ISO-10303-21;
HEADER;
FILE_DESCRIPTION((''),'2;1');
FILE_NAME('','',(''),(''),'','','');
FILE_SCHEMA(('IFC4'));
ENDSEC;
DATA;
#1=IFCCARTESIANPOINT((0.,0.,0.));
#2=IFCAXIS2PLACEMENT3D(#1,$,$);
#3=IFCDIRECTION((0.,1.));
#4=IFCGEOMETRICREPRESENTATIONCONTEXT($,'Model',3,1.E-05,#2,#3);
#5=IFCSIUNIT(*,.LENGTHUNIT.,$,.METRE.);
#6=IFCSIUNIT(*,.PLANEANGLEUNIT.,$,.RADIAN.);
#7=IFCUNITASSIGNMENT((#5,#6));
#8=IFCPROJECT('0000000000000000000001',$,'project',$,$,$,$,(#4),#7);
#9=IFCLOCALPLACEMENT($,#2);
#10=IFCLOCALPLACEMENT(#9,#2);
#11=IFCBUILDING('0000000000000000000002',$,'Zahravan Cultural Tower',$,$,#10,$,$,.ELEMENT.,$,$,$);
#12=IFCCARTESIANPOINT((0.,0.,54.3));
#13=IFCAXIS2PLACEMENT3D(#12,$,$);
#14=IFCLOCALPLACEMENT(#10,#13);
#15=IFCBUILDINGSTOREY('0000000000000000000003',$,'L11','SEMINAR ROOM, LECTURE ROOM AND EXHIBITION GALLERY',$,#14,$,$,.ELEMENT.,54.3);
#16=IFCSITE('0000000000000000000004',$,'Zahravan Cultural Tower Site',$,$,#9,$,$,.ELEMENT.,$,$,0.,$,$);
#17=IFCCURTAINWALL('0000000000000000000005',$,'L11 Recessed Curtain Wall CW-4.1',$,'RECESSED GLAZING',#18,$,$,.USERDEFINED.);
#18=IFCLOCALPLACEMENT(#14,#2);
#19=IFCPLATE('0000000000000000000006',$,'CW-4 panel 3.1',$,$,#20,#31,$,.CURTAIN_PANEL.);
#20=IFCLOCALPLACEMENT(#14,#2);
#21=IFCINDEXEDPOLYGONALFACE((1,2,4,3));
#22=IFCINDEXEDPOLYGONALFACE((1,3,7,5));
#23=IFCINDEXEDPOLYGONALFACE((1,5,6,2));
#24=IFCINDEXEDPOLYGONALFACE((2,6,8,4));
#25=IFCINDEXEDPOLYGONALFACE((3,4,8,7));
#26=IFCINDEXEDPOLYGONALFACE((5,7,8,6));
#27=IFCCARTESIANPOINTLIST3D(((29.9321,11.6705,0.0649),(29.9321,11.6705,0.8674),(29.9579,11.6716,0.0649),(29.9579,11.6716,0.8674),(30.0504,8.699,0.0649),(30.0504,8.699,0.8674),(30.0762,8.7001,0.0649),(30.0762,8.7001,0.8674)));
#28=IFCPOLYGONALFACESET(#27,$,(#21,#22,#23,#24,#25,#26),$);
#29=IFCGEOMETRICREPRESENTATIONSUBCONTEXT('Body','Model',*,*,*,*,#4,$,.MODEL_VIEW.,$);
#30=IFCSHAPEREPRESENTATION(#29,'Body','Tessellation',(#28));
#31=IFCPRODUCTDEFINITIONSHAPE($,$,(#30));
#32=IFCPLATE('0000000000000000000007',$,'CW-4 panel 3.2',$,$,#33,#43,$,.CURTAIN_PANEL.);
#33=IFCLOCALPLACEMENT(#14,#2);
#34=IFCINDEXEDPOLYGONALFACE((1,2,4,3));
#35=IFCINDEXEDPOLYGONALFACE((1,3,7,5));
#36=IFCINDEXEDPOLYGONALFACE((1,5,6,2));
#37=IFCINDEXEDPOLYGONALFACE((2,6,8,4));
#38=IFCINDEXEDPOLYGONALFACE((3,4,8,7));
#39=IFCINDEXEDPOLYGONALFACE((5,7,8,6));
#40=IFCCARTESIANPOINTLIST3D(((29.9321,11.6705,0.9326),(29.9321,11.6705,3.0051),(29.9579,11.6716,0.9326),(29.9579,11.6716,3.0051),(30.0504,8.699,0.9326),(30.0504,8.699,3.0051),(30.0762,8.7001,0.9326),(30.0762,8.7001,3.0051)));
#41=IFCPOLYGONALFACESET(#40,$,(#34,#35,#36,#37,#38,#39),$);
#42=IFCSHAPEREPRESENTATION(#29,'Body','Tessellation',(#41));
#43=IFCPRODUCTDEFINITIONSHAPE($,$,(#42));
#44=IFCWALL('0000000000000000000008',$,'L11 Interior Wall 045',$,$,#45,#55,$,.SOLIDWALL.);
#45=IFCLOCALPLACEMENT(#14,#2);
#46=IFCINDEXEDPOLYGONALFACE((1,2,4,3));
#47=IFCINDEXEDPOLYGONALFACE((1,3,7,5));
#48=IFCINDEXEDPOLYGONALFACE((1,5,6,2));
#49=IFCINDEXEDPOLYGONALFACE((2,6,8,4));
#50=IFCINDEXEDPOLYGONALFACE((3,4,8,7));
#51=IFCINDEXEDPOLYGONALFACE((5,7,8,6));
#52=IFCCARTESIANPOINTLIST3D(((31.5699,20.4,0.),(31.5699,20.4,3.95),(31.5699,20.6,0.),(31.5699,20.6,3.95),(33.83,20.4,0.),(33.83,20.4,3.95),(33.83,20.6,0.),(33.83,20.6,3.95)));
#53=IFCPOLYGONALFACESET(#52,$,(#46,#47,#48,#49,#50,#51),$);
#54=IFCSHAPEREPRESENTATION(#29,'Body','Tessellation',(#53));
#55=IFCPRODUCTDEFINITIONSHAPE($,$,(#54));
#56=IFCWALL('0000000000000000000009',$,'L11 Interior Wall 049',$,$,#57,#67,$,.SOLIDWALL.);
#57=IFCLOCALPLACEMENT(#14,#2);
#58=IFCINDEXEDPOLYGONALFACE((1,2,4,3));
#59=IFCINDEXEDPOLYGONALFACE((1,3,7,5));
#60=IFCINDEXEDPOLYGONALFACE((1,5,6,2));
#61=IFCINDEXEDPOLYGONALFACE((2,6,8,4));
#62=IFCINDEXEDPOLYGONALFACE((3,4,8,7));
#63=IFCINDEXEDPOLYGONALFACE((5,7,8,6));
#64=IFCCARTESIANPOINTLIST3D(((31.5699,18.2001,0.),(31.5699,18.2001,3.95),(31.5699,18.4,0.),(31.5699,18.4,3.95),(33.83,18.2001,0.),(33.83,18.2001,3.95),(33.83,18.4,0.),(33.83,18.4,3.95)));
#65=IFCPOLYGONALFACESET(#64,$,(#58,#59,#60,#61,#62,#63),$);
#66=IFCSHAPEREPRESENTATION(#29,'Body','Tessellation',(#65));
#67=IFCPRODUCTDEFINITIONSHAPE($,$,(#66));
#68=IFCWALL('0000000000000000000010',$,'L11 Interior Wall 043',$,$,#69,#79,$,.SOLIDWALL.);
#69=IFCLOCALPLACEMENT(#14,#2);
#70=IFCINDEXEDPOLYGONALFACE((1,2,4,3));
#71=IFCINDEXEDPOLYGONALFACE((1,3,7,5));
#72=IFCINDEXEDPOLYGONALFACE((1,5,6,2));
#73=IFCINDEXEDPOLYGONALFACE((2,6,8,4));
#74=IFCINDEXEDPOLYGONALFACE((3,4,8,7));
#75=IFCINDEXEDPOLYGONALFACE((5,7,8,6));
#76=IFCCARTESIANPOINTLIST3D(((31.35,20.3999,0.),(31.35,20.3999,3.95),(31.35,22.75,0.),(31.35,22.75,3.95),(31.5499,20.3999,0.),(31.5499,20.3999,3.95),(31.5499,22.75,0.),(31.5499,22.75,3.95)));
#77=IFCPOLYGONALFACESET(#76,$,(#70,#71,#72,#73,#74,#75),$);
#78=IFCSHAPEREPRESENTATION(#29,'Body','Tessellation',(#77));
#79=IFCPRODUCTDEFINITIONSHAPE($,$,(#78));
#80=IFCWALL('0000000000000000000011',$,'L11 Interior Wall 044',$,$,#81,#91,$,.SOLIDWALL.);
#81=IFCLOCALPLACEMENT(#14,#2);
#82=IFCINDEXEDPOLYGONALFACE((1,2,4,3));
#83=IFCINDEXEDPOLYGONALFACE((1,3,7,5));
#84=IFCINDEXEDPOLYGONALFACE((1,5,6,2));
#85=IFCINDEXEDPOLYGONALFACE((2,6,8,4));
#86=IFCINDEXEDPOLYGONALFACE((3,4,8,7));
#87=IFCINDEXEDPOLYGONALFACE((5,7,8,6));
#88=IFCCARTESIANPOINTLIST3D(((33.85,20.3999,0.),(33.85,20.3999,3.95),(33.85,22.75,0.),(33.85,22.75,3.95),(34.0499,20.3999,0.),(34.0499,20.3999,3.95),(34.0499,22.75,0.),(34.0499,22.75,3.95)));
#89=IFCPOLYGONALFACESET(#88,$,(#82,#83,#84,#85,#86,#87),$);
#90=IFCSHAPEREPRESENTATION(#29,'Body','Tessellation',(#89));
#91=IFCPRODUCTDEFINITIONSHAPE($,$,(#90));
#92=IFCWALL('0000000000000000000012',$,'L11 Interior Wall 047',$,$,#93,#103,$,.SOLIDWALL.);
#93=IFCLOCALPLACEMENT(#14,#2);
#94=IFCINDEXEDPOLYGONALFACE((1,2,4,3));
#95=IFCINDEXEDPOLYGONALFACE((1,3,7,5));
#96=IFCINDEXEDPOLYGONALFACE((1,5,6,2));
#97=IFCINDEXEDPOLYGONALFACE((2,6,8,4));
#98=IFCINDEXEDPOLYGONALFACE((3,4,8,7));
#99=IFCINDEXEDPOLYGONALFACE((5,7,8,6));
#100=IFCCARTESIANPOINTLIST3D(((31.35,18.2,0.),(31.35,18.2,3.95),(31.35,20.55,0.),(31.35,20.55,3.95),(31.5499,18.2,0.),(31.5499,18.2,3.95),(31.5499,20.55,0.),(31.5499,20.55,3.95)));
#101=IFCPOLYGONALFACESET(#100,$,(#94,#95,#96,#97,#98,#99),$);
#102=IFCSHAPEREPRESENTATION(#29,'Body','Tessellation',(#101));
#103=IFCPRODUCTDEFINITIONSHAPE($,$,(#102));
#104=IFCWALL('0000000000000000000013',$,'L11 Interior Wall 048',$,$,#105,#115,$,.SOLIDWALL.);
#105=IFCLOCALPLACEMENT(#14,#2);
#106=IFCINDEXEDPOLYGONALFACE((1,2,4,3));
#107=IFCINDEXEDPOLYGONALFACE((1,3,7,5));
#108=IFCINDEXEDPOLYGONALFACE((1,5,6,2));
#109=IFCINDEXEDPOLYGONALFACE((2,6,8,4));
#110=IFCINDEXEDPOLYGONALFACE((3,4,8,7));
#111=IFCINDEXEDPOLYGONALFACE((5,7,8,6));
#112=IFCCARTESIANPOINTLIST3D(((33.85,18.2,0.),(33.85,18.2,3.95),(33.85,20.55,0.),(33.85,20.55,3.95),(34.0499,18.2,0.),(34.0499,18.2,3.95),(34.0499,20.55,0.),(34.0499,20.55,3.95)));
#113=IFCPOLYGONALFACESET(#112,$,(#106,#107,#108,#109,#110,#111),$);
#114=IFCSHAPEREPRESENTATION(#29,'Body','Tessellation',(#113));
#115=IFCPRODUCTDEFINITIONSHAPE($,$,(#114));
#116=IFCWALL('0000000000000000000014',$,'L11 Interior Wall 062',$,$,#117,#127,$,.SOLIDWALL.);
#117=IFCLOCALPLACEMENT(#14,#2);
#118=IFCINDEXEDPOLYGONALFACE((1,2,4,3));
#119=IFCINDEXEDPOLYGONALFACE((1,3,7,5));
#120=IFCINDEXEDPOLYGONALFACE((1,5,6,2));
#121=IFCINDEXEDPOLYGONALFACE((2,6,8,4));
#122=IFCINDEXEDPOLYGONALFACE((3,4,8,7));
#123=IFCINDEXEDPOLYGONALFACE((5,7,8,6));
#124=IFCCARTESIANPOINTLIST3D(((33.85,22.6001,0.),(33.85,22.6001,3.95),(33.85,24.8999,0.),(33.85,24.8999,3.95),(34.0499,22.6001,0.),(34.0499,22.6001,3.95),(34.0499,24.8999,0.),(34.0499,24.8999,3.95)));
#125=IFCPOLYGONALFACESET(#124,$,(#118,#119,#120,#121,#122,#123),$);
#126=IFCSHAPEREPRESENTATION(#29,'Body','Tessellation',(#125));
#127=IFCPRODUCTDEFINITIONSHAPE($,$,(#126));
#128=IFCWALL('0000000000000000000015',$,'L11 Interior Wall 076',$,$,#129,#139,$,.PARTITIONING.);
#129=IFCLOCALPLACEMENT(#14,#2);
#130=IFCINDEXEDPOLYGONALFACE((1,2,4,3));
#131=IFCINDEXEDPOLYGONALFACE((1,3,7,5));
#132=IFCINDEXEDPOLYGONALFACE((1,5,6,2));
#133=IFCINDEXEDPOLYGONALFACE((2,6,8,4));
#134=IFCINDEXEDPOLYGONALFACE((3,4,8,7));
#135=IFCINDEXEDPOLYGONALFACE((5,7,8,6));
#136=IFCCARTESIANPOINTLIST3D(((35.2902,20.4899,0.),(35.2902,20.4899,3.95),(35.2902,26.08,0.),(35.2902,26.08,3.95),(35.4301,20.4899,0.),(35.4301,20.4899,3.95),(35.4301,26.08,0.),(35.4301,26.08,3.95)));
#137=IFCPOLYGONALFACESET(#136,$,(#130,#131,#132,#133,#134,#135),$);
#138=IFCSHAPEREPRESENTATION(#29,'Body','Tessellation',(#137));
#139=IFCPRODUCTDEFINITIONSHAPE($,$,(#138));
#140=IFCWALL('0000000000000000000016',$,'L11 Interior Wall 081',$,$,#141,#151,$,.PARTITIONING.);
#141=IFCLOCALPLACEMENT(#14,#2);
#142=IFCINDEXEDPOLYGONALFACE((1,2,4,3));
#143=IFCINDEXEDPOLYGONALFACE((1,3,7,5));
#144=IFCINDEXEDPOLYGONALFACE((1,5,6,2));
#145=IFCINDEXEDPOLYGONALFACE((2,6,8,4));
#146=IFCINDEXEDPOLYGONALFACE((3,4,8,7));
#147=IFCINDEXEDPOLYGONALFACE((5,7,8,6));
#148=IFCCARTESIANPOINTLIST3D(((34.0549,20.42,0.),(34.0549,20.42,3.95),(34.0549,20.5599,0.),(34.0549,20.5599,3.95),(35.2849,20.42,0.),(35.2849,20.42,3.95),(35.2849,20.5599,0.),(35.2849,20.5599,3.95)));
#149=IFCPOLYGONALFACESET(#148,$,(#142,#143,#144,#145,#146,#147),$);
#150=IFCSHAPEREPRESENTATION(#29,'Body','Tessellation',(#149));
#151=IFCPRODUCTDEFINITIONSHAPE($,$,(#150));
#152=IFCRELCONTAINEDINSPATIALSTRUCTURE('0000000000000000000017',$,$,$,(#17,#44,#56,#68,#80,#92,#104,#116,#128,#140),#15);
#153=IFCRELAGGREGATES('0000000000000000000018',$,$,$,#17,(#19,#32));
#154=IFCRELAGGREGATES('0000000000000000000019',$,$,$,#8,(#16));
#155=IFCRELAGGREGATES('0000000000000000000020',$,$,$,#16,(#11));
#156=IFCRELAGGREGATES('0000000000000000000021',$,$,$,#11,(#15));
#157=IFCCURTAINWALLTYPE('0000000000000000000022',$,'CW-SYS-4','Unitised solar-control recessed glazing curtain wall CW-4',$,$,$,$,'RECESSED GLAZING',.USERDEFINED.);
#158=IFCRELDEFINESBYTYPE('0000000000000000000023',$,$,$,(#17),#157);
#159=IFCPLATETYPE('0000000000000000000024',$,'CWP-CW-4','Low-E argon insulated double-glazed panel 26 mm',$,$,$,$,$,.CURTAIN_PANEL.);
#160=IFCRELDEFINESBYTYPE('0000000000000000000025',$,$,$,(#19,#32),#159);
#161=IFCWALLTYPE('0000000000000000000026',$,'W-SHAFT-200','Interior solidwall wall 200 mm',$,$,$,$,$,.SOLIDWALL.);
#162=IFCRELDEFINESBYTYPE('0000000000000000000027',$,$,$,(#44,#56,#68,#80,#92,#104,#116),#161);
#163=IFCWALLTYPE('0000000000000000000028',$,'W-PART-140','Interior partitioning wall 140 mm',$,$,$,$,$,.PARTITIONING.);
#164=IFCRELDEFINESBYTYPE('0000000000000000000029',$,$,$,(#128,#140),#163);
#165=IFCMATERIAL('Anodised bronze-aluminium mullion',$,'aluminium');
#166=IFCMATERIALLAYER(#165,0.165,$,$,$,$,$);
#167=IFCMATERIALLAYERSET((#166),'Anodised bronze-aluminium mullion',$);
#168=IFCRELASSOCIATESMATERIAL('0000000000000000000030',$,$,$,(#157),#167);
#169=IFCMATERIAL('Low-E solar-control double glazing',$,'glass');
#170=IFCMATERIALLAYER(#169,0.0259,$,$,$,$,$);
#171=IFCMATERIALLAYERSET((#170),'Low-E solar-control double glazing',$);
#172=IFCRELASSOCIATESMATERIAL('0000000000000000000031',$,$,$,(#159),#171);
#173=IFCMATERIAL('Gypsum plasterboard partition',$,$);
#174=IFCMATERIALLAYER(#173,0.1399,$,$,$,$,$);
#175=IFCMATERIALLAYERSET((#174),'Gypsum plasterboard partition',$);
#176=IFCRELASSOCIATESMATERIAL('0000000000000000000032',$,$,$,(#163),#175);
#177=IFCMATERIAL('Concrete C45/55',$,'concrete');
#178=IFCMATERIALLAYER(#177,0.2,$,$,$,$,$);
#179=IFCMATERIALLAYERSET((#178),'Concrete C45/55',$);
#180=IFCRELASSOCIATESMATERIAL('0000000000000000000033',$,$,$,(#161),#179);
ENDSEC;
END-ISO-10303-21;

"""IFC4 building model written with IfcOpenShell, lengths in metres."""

from ifc_helpers import new_model, si_unit, direction, frame, frame_2d, origin, origin_2d, place, context, subcontext, project, spatial, rectangle, extrude, source, transform, mapped, material, layer, layer_set, type_object, element, aggregate, save


model = new_model("IFC4")

# Units and contexts
model_context = context("Model", 3, precision=1e-05, world=origin(), true_north=direction((0.0, 1.0)))
body_context = subcontext(model_context, "Body", "Model", "MODEL_VIEW")
ifc_project = project(units=[si_unit("LENGTHUNIT", "METRE"), si_unit("PLANEANGLEUNIT", "RADIAN")], contexts=[model_context])

# Site, building, storey
site_placement = place(None, origin())
site = spatial("IfcSite", under=ifc_project, at=site_placement, Name="Zahravan Cultural Tower Site", CompositionType="ELEMENT", RefElevation=0.0)
building_placement = place(site_placement, origin())
building = spatial("IfcBuilding", under=site, at=building_placement, Name="Zahravan Cultural Tower", CompositionType="ELEMENT")
storey_placement = place(building_placement, frame((0.0, 0.0, 54.3)))
storey = spatial("IfcBuildingStorey", under=building, at=storey_placement, Name="L11", Description="SEMINAR ROOM, LECTURE ROOM AND EXHIBITION GALLERY", CompositionType="ELEMENT", Elevation=54.3)

# Curtain wall, plates
ifc_material_1 = material(Name="Anodised bronze-aluminium mullion", Category="aluminium")
ifc_layer_1 = layer(ifc_material_1, 0.165)
ifc_layer_set_1 = layer_set([ifc_layer_1], Name="Anodised bronze-aluminium mullion")
curtain_wall_type = type_object("IfcCurtainWallType", Name="CW-SYS-4", Description="Unitised solar-control recessed glazing curtain wall CW-4", ElementType="RECESSED GLAZING", PredefinedType="USERDEFINED", material=ifc_layer_set_1)
curtain_wall_placement = place(storey_placement, origin())
curtain_wall = element("IfcCurtainWall", 1, at=curtain_wall_placement, inside=storey, type_object=curtain_wall_type, Name="L11 Recessed Curtain Wall CW-4.1", ObjectType="RECESSED GLAZING", PredefinedType="USERDEFINED")
ifc_material_2 = material(Name="Low-E solar-control double glazing", Category="glass")
ifc_layer_2 = layer(ifc_material_2, 0.0259)
ifc_layer_set_2 = layer_set([ifc_layer_2], Name="Low-E solar-control double glazing")
plate_type = type_object("IfcPlateType", Name="CWP-CW-4", Description="Low-E argon insulated double-glazed panel 26 mm", PredefinedType="CURTAIN_PANEL", material=ifc_layer_set_2)
shared_shape_1 = source(origin(), body_context, "Body", "SweptSolid", [
    extrude(rectangle(XDim=2.9739, YDim=0.0259, at=origin_2d()), origin(), (0.0, 0.0, 1.0), 0.8025),
])
plate_1_placement = place(storey_placement, frame((30.0042, 10.1853, 0.0649), z_axis=(0.0, 0.0, 1.0), x_axis=(-0.039785, 0.999208, 0.0)))
plate_1 = element("IfcPlate", 2, at=plate_1_placement, type_object=plate_type, Name="CW-4 panel 3.1", PredefinedType="CURTAIN_PANEL", context=body_context, shape_type="MappedRepresentation", body=[
    mapped(shared_shape_1, transform((0.0, 0.0, 0.0), x_axis=(1.0, 0.0, 0.0), y_axis=(0.0, 1.0, 0.0), z_axis=(0.0, 0.0, 1.0), scale=1.0)),
])
shared_shape_2 = source(origin(), body_context, "Body", "SweptSolid", [
    extrude(rectangle(XDim=2.9739, YDim=0.0259, at=origin_2d()), origin(), (0.0, 0.0, 1.0), 2.0725),
])
plate_2_placement = place(storey_placement, frame((30.0042, 10.1853, 0.9326), z_axis=(0.0, 0.0, 1.0), x_axis=(-0.039785, 0.999208, 0.0)))
plate_2 = element("IfcPlate", 3, at=plate_2_placement, type_object=plate_type, Name="CW-4 panel 3.2", PredefinedType="CURTAIN_PANEL", context=body_context, shape_type="MappedRepresentation", body=[
    mapped(shared_shape_2, transform((0.0, 0.0, 0.0), x_axis=(1.0, 0.0, 0.0), y_axis=(0.0, 1.0, 0.0), z_axis=(0.0, 0.0, 1.0), scale=1.0)),
])
aggregate(curtain_wall, [plate_1, plate_2])

# Shared definitions
ifc_material_3 = material(Name="Gypsum plasterboard partition")
ifc_layer_3 = layer(ifc_material_3, 0.1399)
ifc_layer_set_3 = layer_set([ifc_layer_3], Name="Gypsum plasterboard partition")
wall_type_1 = type_object("IfcWallType", Name="W-PART-140", Description="Interior partitioning wall 140 mm", PredefinedType="PARTITIONING", material=ifc_layer_set_3)
ifc_material_4 = material(Name="Concrete C45/55", Category="concrete")
ifc_layer_4 = layer(ifc_material_4, 0.2)
ifc_layer_set_4 = layer_set([ifc_layer_4], Name="Concrete C45/55")
wall_type_2 = type_object("IfcWallType", Name="W-SHAFT-200", Description="Interior solidwall wall 200 mm", PredefinedType="SOLIDWALL", material=ifc_layer_set_4)

# Walls
shared_shape_3 = source(origin(), body_context, "Body", "SweptSolid", [
    extrude(rectangle(XDim=2.26, YDim=0.2, at=frame_2d((1.1299, 0.0))), origin(), (0.0, 0.0, 1.0), 3.95),
])
for number, where, z_axis, x_axis, name in (
    (4, (31.5701, 20.5, 0.0), (0.0, 0.0, 1.0), (1.0, 0.0, 0.0), "L11 Interior Wall 045"),
    (5, (31.5701, 18.3, 0.0), (0.0, 0.0, 1.0), (1.0, 0.0, 0.0), "L11 Interior Wall 049"),
):
    element("IfcWall", number, at=place(storey_placement, frame(where, z_axis=z_axis, x_axis=x_axis)), inside=storey, type_object=wall_type_2, Name=name, PredefinedType="SOLIDWALL", context=body_context, shape_type="MappedRepresentation", body=[
        mapped(shared_shape_3, transform((0.0, 0.0, 0.0), x_axis=(1.0, 0.0, 0.0), y_axis=(0.0, 1.0, 0.0), z_axis=(0.0, 0.0, 1.0), scale=1.0)),
    ])
shared_shape_4 = source(origin(), body_context, "Body", "SweptSolid", [
    extrude(rectangle(XDim=2.3501, YDim=0.2, at=frame_2d((1.175, 0.0))), origin(), (0.0, 0.0, 1.0), 3.95),
])
for number, where, z_axis, x_axis, name in (
    (6, (31.45, 20.3999, 0.0), (0.0, 0.0, 1.0), (0.0, 1.0, 0.0), "L11 Interior Wall 043"),
    (7, (33.95, 20.3999, 0.0), (0.0, 0.0, 1.0), (0.0, 1.0, 0.0), "L11 Interior Wall 044"),
    (8, (31.45, 18.2, 0.0), (0.0, 0.0, 1.0), (0.0, 1.0, 0.0), "L11 Interior Wall 047"),
    (9, (33.95, 18.2, 0.0), (0.0, 0.0, 1.0), (0.0, 1.0, 0.0), "L11 Interior Wall 048"),
):
    element("IfcWall", number, at=place(storey_placement, frame(where, z_axis=z_axis, x_axis=x_axis)), inside=storey, type_object=wall_type_2, Name=name, PredefinedType="SOLIDWALL", context=body_context, shape_type="MappedRepresentation", body=[
        mapped(shared_shape_4, transform((0.0, 0.0, 0.0), x_axis=(1.0, 0.0, 0.0), y_axis=(0.0, 1.0, 0.0), z_axis=(0.0, 0.0, 1.0), scale=1.0)),
    ])
shared_shape_5 = source(origin(), body_context, "Body", "SweptSolid", [
    extrude(rectangle(XDim=2.2998, YDim=0.2, at=frame_2d((1.1499, 0.0))), origin(), (0.0, 0.0, 1.0), 3.95),
])
wall_1_placement = place(storey_placement, frame((33.95, 22.6001, 0.0), z_axis=(0.0, 0.0, 1.0), x_axis=(0.0, 1.0, 0.0)))
element("IfcWall", 10, at=wall_1_placement, inside=storey, type_object=wall_type_2, Name="L11 Interior Wall 062", PredefinedType="SOLIDWALL", context=body_context, shape_type="MappedRepresentation", body=[
    mapped(shared_shape_5, transform((0.0, 0.0, 0.0), x_axis=(1.0, 0.0, 0.0), y_axis=(0.0, 1.0, 0.0), z_axis=(0.0, 0.0, 1.0), scale=1.0)),
])
shared_shape_6 = source(origin(), body_context, "Body", "SweptSolid", [
    extrude(rectangle(XDim=5.5901, YDim=0.1399, at=frame_2d((2.7949, 0.0))), origin(), (0.0, 0.0, 1.0), 3.95),
])
wall_2_placement = place(storey_placement, frame((35.3601, 20.49, 0.0), z_axis=(0.0, 0.0, 1.0), x_axis=(0.0, 1.0, 0.0)))
element("IfcWall", 11, at=wall_2_placement, inside=storey, type_object=wall_type_1, Name="L11 Interior Wall 076", PredefinedType="PARTITIONING", context=body_context, shape_type="MappedRepresentation", body=[
    mapped(shared_shape_6, transform((0.0, 0.0, 0.0), x_axis=(1.0, 0.0, 0.0), y_axis=(0.0, 1.0, 0.0), z_axis=(0.0, 0.0, 1.0), scale=1.0)),
])
shared_shape_7 = source(origin(), body_context, "Body", "SweptSolid", [
    extrude(rectangle(XDim=1.23, YDim=0.1399, at=frame_2d((0.615, 0.0))), origin(), (0.0, 0.0, 1.0), 3.95),
])
wall_3_placement = place(storey_placement, frame((35.2849, 20.49, 0.0), z_axis=(0.0, 0.0, 1.0), x_axis=(-1.0, 0.0, 0.0)))
element("IfcWall", 12, at=wall_3_placement, inside=storey, type_object=wall_type_1, Name="L11 Interior Wall 081", PredefinedType="PARTITIONING", context=body_context, shape_type="MappedRepresentation", body=[
    mapped(shared_shape_7, transform((0.0, 0.0, 0.0), x_axis=(1.0, 0.0, 0.0), y_axis=(0.0, 1.0, 0.0), z_axis=(0.0, 0.0, 1.0), scale=1.0)),
])

save(model, "model.ifc")
